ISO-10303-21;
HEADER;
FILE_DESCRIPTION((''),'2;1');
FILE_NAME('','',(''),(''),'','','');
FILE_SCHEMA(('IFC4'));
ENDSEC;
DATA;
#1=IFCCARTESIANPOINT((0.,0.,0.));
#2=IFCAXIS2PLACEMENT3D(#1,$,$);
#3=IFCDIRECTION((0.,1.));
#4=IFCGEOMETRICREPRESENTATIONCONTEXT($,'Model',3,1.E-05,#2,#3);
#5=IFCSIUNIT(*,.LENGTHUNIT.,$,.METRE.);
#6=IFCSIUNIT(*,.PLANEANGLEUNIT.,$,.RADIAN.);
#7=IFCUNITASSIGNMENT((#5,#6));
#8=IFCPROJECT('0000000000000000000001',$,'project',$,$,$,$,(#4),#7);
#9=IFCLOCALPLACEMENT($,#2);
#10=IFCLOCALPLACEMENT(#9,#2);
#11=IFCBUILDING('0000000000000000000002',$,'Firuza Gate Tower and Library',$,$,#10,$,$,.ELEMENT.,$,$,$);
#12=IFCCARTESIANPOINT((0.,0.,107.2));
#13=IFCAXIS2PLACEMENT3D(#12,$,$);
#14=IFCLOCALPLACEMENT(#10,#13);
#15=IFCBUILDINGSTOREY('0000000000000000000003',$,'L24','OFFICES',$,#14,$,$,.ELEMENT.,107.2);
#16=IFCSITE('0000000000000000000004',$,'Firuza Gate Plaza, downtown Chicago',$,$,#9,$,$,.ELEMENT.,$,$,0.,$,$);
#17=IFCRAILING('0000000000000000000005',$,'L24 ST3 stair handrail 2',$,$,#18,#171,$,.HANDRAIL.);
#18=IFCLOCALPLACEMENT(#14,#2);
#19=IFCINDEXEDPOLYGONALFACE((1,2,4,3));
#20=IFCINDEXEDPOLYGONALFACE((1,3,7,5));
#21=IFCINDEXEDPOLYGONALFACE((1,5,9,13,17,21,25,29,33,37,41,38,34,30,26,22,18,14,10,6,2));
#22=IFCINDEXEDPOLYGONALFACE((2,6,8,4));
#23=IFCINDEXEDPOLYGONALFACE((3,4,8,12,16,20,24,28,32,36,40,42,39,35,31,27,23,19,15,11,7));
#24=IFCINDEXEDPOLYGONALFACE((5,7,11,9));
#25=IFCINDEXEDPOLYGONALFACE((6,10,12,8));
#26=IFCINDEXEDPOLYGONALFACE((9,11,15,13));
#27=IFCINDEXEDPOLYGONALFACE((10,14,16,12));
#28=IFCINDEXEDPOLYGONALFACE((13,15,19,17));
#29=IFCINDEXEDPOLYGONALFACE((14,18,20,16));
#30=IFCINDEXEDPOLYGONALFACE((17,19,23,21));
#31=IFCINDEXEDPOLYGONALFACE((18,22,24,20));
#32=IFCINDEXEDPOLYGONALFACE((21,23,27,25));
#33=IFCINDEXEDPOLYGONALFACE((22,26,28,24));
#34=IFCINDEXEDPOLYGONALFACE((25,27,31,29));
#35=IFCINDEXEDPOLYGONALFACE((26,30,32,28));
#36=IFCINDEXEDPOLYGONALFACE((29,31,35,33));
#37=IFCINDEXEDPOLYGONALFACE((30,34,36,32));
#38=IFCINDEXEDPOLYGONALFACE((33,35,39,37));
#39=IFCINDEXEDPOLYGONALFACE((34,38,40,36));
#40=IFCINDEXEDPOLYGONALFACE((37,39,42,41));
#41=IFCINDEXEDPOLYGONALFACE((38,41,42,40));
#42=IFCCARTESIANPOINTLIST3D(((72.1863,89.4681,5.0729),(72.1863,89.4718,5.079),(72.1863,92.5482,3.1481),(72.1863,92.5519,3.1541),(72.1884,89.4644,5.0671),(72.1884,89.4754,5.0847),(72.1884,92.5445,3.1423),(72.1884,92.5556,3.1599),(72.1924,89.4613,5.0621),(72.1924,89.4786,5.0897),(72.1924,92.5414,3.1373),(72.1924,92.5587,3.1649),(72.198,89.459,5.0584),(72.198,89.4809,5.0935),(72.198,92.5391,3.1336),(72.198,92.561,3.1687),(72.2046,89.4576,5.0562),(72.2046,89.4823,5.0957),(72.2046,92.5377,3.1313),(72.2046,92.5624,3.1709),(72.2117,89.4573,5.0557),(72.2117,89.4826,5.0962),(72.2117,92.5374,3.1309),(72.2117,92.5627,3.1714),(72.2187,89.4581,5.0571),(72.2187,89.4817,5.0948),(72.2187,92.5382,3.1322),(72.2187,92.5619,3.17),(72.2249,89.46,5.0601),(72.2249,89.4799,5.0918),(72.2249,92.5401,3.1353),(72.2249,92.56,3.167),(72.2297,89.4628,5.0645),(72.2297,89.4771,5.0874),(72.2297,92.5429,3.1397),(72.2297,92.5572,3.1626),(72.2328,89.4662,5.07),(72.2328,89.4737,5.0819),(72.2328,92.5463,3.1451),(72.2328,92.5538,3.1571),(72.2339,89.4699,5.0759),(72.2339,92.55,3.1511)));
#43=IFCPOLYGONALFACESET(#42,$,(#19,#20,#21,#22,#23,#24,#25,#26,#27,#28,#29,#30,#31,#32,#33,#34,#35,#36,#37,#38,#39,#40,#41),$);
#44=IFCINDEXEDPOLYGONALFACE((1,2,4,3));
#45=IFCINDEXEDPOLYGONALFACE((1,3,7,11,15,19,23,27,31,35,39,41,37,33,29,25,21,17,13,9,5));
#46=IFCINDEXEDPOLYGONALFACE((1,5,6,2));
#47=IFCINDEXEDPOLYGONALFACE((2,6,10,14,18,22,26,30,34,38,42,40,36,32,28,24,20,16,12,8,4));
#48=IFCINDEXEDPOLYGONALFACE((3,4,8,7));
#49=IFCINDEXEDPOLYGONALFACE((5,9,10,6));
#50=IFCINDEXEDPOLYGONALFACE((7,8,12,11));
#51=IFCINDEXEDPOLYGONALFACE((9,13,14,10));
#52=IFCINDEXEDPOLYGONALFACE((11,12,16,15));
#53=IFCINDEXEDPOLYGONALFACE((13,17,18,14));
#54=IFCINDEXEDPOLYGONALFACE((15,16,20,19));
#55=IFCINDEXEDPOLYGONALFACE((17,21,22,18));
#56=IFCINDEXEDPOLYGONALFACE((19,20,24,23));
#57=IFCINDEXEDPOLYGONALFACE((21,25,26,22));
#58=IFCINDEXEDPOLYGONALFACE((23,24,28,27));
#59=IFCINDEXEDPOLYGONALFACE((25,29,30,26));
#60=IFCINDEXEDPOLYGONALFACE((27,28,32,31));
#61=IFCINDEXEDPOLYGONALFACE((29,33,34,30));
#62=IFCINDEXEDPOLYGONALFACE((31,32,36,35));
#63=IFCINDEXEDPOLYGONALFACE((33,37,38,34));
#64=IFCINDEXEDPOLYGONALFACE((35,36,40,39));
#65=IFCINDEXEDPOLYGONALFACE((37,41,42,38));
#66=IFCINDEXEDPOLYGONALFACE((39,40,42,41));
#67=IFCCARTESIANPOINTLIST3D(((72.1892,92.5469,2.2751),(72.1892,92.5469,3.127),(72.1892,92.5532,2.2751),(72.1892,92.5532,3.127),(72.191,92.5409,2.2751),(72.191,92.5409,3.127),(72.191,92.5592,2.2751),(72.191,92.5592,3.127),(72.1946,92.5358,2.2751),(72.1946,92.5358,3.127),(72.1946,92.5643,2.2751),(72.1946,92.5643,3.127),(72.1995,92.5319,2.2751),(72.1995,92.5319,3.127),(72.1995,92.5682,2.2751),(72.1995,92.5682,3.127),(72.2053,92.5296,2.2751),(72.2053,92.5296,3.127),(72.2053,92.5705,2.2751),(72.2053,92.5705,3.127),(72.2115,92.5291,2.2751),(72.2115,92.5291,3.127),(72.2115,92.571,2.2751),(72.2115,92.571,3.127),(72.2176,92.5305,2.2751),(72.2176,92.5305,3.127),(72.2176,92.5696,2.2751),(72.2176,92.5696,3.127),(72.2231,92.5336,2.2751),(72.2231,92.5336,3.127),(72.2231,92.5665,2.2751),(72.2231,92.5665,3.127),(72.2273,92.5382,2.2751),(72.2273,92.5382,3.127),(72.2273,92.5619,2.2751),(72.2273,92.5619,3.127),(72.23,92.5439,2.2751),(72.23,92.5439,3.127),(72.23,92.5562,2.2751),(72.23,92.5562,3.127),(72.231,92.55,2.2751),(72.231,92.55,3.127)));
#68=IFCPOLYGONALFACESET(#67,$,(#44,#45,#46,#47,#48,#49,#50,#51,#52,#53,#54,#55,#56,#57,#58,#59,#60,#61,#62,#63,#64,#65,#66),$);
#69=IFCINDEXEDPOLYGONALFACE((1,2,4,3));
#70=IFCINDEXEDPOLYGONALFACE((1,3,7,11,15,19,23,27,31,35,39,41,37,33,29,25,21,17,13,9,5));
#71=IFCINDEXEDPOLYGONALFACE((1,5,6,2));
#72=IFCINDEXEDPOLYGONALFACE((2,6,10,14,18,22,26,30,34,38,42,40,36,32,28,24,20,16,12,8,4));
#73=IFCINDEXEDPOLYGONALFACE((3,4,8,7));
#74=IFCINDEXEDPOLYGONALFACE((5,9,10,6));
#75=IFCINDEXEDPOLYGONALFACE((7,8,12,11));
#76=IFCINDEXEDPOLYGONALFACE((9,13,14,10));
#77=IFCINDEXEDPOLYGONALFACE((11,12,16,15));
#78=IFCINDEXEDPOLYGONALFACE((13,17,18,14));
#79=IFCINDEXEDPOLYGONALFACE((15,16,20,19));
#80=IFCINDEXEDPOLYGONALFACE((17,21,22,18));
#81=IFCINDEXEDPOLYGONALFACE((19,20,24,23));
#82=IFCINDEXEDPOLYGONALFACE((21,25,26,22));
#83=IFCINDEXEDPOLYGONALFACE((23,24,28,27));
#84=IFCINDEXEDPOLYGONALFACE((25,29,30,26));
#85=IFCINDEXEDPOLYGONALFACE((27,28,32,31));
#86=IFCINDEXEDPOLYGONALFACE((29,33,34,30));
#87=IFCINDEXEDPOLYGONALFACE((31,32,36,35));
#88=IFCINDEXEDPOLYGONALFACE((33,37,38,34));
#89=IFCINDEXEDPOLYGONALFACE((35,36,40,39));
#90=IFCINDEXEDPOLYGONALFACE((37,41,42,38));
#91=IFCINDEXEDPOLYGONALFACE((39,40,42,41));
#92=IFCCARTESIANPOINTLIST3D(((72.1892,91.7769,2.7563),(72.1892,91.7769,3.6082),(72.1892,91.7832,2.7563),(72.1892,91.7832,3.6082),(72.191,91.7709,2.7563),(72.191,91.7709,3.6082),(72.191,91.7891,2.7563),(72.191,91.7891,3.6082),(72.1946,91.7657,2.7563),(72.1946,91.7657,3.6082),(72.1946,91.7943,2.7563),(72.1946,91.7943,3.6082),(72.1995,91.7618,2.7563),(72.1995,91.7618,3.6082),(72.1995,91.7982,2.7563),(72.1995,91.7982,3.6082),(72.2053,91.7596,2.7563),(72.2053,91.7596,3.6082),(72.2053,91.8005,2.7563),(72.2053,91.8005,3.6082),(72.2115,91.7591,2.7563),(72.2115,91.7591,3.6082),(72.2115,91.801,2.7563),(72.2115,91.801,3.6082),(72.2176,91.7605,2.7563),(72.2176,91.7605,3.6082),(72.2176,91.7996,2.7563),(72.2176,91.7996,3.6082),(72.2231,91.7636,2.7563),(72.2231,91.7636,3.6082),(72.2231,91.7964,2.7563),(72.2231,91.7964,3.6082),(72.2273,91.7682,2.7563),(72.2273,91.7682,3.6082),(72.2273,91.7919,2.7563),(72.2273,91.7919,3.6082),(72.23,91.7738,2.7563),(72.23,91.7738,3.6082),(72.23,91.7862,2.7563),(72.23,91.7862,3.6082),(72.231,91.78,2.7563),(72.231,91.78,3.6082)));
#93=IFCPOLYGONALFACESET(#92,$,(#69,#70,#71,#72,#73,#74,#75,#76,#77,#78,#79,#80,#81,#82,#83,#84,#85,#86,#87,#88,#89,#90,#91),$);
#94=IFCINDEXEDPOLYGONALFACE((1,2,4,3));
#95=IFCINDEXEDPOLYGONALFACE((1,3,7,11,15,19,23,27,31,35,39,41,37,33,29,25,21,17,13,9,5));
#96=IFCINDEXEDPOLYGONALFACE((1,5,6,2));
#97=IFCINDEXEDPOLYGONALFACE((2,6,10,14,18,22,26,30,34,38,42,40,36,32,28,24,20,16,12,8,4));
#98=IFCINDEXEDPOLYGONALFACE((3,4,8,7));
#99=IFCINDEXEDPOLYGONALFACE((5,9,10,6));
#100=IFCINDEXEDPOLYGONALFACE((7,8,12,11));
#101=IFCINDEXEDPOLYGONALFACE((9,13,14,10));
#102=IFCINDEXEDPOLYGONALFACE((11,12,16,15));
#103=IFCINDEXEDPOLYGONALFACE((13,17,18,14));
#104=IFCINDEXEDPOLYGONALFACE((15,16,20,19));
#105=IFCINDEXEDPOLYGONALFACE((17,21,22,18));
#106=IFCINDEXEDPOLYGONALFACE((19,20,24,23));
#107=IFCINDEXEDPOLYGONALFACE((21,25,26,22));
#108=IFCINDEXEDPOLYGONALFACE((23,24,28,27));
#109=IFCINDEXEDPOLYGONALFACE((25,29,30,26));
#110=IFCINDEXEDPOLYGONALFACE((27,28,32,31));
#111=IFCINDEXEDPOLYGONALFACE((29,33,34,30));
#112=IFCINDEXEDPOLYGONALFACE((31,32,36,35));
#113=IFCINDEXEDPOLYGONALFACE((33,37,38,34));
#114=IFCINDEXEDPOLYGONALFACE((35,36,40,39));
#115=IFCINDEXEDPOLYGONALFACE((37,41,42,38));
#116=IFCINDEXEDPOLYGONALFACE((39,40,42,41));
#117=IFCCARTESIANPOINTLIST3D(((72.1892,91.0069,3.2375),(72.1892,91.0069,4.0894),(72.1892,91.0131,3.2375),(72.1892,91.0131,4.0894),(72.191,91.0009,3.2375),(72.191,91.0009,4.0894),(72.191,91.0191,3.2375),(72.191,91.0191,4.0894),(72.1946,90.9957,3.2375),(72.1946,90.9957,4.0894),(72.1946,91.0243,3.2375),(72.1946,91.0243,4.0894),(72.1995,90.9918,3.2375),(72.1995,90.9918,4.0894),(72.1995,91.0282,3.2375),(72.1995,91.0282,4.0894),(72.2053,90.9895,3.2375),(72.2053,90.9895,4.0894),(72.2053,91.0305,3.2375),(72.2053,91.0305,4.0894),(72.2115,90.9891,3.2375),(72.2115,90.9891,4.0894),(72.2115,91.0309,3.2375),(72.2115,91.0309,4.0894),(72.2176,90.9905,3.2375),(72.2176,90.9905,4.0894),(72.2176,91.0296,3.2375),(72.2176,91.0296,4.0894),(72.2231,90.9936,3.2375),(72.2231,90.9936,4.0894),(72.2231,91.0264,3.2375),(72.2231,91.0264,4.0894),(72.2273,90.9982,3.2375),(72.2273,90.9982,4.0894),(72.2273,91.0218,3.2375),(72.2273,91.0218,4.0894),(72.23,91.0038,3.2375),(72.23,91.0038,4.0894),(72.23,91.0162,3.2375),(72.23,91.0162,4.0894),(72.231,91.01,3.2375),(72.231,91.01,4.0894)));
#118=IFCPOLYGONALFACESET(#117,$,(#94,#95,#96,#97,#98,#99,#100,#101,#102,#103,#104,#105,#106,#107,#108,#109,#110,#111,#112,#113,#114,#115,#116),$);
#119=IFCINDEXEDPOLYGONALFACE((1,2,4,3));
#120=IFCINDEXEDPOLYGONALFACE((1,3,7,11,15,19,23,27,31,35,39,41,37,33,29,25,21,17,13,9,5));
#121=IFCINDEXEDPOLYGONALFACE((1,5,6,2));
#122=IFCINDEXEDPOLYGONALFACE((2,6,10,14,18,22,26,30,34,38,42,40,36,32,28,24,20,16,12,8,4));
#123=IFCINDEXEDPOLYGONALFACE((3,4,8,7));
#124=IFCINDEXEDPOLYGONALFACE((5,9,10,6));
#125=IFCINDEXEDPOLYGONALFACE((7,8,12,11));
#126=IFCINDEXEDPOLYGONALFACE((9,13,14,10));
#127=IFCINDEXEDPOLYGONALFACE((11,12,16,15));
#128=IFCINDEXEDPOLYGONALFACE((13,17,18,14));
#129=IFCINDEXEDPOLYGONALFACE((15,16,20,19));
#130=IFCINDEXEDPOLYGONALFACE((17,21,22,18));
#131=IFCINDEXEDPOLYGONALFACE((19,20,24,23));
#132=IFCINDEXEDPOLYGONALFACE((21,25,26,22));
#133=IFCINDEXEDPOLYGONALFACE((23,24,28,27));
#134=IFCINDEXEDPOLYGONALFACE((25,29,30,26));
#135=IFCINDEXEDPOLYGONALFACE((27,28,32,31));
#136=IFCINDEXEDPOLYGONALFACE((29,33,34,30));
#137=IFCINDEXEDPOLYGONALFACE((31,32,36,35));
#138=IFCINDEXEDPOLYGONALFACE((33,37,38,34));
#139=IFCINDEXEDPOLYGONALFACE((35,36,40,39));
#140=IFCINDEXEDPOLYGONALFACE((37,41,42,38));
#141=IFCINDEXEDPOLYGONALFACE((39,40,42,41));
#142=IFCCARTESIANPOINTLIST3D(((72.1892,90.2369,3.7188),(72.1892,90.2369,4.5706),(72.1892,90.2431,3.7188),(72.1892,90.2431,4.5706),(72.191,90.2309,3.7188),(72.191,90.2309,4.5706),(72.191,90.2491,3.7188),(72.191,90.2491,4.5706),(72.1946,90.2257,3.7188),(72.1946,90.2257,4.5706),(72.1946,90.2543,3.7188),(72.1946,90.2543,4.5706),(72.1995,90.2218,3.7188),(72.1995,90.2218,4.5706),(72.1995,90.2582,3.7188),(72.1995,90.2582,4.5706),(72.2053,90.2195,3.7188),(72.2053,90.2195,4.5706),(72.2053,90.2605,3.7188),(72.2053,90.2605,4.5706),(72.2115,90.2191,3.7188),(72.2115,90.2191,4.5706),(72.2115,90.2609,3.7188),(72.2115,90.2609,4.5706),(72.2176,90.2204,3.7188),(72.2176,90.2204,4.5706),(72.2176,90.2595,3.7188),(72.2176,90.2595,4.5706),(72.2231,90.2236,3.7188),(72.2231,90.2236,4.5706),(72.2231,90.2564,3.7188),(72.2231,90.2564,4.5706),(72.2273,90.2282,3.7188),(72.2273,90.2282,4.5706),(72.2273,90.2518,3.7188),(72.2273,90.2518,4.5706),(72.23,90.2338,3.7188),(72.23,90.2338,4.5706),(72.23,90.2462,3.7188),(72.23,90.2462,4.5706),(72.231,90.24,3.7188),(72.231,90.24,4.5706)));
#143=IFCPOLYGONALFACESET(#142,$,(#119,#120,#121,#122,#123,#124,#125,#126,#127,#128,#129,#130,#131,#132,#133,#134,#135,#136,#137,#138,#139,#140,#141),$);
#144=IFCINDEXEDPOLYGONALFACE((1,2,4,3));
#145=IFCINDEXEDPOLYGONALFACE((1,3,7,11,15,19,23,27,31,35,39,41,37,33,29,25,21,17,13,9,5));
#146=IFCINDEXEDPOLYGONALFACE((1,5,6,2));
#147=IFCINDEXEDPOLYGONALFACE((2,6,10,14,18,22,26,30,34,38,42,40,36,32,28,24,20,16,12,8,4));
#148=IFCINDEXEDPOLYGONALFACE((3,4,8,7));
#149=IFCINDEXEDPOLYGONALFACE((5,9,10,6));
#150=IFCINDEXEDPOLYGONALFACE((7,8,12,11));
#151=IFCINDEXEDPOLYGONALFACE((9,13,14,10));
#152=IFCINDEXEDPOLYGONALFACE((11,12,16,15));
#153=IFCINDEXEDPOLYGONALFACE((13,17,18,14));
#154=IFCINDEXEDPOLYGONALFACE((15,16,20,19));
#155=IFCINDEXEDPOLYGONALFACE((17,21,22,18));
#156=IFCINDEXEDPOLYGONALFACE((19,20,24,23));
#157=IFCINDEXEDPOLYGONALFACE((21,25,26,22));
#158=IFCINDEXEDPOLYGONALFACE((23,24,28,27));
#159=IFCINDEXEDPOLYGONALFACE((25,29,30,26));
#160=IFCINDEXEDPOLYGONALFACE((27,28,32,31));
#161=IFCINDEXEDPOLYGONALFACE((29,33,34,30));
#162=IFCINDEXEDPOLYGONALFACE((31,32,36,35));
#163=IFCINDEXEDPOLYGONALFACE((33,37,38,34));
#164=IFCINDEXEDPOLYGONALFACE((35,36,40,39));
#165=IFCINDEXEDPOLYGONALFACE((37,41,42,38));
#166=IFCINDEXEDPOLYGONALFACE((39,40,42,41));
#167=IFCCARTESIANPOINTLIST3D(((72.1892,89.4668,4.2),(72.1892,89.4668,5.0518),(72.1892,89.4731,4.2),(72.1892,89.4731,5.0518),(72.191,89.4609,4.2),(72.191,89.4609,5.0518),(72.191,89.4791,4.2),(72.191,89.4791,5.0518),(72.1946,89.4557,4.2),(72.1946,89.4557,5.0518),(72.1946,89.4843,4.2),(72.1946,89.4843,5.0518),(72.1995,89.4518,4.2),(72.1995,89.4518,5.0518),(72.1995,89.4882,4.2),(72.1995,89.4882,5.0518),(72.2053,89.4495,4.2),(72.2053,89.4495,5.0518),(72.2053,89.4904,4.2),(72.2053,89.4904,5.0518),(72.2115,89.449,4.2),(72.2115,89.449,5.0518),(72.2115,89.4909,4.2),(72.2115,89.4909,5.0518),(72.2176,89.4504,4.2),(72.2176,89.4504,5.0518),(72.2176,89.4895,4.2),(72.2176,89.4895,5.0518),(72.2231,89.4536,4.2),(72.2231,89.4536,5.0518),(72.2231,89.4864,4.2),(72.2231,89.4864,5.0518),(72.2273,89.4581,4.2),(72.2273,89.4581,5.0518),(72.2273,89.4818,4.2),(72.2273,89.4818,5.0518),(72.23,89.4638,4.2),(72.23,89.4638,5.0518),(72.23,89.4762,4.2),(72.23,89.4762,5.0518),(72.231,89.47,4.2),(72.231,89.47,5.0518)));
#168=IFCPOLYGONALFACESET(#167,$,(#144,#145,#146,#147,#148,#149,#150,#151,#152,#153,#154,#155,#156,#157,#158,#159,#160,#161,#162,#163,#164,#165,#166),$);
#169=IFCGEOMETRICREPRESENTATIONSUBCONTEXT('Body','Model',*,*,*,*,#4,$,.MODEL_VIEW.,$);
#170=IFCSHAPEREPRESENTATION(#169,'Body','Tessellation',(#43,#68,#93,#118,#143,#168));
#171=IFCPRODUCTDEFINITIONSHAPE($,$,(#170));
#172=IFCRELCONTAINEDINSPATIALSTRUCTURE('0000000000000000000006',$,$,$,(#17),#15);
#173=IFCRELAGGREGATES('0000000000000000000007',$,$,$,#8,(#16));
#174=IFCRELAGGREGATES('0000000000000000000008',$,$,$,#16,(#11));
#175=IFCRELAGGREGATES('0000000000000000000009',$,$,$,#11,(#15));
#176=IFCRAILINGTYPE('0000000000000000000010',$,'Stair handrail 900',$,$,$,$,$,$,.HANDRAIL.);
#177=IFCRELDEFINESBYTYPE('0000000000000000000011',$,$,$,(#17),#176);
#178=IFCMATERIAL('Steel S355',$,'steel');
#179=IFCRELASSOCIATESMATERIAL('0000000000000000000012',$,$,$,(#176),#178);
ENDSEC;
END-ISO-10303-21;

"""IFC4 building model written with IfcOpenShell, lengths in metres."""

from ifc_helpers import new_model, si_unit, direction, frame, origin, origin_2d, place, context, subcontext, project, spatial, circle, extrude, material, type_object, element, save


model = new_model("IFC4")

# Units and contexts
model_context = context("Model", 3, precision=1e-05, world=origin(), true_north=direction((0.0, 1.0)))
body_context = subcontext(model_context, "Body", "Model", "MODEL_VIEW")
ifc_project = project(units=[si_unit("LENGTHUNIT", "METRE"), si_unit("PLANEANGLEUNIT", "RADIAN")], contexts=[model_context])

# Site, building, storey
site_placement = place(None, origin())
site = spatial("IfcSite", under=ifc_project, at=site_placement, Name="Firuza Gate Plaza, downtown Chicago", CompositionType="ELEMENT", RefElevation=0.0)
building_placement = place(site_placement, origin())
building = spatial("IfcBuilding", under=site, at=building_placement, Name="Firuza Gate Tower and Library", CompositionType="ELEMENT")
storey_placement = place(building_placement, frame((0.0, 0.0, 107.2)))
storey = spatial("IfcBuildingStorey", under=building, at=storey_placement, Name="L24", Description="OFFICES", CompositionType="ELEMENT", Elevation=107.2)

# Railing
ifc_material_1 = material(Name="Steel S355", Category="steel")
railing_type_1 = type_object("IfcRailingType", Name="Stair handrail 900", PredefinedType="HANDRAIL", material=ifc_material_1)
railing_1_placement = place(storey_placement, frame((72.21, 92.55, 2.2751)))
element("IfcRailing", 1, at=railing_1_placement, inside=storey, type_object=railing_type_1, Name="L24 ST3 stair handrail 2", PredefinedType="HANDRAIL", context=body_context, shape_type="SweptSolid", body=[
    extrude(circle(Radius=0.0239, at=origin_2d()), frame((0.0, 0.0, 0.876), z_axis=(0.0, -0.848029, 0.529951), x_axis=(1.0, 0.0, 0.0)), (0.0, 0.0, 1.0), 3.6321),
    extrude(circle(Radius=0.021, at=origin_2d()), origin(), (0.0, 0.0, 1.0), 0.8518),
    extrude(circle(Radius=0.021, at=origin_2d()), frame((0.0, -0.77, 0.4812)), (0.0, 0.0, 1.0), 0.8518),
    extrude(circle(Radius=0.021, at=origin_2d()), frame((0.0, -1.54, 0.9624)), (0.0, 0.0, 1.0), 0.8518),
    extrude(circle(Radius=0.021, at=origin_2d()), frame((0.0, -2.3101, 1.4436)), (0.0, 0.0, 1.0), 0.8518),
    extrude(circle(Radius=0.021, at=origin_2d()), frame((0.0, -3.0801, 1.9248)), (0.0, 0.0, 1.0), 0.8518),
])

save(model, "model.ifc")
